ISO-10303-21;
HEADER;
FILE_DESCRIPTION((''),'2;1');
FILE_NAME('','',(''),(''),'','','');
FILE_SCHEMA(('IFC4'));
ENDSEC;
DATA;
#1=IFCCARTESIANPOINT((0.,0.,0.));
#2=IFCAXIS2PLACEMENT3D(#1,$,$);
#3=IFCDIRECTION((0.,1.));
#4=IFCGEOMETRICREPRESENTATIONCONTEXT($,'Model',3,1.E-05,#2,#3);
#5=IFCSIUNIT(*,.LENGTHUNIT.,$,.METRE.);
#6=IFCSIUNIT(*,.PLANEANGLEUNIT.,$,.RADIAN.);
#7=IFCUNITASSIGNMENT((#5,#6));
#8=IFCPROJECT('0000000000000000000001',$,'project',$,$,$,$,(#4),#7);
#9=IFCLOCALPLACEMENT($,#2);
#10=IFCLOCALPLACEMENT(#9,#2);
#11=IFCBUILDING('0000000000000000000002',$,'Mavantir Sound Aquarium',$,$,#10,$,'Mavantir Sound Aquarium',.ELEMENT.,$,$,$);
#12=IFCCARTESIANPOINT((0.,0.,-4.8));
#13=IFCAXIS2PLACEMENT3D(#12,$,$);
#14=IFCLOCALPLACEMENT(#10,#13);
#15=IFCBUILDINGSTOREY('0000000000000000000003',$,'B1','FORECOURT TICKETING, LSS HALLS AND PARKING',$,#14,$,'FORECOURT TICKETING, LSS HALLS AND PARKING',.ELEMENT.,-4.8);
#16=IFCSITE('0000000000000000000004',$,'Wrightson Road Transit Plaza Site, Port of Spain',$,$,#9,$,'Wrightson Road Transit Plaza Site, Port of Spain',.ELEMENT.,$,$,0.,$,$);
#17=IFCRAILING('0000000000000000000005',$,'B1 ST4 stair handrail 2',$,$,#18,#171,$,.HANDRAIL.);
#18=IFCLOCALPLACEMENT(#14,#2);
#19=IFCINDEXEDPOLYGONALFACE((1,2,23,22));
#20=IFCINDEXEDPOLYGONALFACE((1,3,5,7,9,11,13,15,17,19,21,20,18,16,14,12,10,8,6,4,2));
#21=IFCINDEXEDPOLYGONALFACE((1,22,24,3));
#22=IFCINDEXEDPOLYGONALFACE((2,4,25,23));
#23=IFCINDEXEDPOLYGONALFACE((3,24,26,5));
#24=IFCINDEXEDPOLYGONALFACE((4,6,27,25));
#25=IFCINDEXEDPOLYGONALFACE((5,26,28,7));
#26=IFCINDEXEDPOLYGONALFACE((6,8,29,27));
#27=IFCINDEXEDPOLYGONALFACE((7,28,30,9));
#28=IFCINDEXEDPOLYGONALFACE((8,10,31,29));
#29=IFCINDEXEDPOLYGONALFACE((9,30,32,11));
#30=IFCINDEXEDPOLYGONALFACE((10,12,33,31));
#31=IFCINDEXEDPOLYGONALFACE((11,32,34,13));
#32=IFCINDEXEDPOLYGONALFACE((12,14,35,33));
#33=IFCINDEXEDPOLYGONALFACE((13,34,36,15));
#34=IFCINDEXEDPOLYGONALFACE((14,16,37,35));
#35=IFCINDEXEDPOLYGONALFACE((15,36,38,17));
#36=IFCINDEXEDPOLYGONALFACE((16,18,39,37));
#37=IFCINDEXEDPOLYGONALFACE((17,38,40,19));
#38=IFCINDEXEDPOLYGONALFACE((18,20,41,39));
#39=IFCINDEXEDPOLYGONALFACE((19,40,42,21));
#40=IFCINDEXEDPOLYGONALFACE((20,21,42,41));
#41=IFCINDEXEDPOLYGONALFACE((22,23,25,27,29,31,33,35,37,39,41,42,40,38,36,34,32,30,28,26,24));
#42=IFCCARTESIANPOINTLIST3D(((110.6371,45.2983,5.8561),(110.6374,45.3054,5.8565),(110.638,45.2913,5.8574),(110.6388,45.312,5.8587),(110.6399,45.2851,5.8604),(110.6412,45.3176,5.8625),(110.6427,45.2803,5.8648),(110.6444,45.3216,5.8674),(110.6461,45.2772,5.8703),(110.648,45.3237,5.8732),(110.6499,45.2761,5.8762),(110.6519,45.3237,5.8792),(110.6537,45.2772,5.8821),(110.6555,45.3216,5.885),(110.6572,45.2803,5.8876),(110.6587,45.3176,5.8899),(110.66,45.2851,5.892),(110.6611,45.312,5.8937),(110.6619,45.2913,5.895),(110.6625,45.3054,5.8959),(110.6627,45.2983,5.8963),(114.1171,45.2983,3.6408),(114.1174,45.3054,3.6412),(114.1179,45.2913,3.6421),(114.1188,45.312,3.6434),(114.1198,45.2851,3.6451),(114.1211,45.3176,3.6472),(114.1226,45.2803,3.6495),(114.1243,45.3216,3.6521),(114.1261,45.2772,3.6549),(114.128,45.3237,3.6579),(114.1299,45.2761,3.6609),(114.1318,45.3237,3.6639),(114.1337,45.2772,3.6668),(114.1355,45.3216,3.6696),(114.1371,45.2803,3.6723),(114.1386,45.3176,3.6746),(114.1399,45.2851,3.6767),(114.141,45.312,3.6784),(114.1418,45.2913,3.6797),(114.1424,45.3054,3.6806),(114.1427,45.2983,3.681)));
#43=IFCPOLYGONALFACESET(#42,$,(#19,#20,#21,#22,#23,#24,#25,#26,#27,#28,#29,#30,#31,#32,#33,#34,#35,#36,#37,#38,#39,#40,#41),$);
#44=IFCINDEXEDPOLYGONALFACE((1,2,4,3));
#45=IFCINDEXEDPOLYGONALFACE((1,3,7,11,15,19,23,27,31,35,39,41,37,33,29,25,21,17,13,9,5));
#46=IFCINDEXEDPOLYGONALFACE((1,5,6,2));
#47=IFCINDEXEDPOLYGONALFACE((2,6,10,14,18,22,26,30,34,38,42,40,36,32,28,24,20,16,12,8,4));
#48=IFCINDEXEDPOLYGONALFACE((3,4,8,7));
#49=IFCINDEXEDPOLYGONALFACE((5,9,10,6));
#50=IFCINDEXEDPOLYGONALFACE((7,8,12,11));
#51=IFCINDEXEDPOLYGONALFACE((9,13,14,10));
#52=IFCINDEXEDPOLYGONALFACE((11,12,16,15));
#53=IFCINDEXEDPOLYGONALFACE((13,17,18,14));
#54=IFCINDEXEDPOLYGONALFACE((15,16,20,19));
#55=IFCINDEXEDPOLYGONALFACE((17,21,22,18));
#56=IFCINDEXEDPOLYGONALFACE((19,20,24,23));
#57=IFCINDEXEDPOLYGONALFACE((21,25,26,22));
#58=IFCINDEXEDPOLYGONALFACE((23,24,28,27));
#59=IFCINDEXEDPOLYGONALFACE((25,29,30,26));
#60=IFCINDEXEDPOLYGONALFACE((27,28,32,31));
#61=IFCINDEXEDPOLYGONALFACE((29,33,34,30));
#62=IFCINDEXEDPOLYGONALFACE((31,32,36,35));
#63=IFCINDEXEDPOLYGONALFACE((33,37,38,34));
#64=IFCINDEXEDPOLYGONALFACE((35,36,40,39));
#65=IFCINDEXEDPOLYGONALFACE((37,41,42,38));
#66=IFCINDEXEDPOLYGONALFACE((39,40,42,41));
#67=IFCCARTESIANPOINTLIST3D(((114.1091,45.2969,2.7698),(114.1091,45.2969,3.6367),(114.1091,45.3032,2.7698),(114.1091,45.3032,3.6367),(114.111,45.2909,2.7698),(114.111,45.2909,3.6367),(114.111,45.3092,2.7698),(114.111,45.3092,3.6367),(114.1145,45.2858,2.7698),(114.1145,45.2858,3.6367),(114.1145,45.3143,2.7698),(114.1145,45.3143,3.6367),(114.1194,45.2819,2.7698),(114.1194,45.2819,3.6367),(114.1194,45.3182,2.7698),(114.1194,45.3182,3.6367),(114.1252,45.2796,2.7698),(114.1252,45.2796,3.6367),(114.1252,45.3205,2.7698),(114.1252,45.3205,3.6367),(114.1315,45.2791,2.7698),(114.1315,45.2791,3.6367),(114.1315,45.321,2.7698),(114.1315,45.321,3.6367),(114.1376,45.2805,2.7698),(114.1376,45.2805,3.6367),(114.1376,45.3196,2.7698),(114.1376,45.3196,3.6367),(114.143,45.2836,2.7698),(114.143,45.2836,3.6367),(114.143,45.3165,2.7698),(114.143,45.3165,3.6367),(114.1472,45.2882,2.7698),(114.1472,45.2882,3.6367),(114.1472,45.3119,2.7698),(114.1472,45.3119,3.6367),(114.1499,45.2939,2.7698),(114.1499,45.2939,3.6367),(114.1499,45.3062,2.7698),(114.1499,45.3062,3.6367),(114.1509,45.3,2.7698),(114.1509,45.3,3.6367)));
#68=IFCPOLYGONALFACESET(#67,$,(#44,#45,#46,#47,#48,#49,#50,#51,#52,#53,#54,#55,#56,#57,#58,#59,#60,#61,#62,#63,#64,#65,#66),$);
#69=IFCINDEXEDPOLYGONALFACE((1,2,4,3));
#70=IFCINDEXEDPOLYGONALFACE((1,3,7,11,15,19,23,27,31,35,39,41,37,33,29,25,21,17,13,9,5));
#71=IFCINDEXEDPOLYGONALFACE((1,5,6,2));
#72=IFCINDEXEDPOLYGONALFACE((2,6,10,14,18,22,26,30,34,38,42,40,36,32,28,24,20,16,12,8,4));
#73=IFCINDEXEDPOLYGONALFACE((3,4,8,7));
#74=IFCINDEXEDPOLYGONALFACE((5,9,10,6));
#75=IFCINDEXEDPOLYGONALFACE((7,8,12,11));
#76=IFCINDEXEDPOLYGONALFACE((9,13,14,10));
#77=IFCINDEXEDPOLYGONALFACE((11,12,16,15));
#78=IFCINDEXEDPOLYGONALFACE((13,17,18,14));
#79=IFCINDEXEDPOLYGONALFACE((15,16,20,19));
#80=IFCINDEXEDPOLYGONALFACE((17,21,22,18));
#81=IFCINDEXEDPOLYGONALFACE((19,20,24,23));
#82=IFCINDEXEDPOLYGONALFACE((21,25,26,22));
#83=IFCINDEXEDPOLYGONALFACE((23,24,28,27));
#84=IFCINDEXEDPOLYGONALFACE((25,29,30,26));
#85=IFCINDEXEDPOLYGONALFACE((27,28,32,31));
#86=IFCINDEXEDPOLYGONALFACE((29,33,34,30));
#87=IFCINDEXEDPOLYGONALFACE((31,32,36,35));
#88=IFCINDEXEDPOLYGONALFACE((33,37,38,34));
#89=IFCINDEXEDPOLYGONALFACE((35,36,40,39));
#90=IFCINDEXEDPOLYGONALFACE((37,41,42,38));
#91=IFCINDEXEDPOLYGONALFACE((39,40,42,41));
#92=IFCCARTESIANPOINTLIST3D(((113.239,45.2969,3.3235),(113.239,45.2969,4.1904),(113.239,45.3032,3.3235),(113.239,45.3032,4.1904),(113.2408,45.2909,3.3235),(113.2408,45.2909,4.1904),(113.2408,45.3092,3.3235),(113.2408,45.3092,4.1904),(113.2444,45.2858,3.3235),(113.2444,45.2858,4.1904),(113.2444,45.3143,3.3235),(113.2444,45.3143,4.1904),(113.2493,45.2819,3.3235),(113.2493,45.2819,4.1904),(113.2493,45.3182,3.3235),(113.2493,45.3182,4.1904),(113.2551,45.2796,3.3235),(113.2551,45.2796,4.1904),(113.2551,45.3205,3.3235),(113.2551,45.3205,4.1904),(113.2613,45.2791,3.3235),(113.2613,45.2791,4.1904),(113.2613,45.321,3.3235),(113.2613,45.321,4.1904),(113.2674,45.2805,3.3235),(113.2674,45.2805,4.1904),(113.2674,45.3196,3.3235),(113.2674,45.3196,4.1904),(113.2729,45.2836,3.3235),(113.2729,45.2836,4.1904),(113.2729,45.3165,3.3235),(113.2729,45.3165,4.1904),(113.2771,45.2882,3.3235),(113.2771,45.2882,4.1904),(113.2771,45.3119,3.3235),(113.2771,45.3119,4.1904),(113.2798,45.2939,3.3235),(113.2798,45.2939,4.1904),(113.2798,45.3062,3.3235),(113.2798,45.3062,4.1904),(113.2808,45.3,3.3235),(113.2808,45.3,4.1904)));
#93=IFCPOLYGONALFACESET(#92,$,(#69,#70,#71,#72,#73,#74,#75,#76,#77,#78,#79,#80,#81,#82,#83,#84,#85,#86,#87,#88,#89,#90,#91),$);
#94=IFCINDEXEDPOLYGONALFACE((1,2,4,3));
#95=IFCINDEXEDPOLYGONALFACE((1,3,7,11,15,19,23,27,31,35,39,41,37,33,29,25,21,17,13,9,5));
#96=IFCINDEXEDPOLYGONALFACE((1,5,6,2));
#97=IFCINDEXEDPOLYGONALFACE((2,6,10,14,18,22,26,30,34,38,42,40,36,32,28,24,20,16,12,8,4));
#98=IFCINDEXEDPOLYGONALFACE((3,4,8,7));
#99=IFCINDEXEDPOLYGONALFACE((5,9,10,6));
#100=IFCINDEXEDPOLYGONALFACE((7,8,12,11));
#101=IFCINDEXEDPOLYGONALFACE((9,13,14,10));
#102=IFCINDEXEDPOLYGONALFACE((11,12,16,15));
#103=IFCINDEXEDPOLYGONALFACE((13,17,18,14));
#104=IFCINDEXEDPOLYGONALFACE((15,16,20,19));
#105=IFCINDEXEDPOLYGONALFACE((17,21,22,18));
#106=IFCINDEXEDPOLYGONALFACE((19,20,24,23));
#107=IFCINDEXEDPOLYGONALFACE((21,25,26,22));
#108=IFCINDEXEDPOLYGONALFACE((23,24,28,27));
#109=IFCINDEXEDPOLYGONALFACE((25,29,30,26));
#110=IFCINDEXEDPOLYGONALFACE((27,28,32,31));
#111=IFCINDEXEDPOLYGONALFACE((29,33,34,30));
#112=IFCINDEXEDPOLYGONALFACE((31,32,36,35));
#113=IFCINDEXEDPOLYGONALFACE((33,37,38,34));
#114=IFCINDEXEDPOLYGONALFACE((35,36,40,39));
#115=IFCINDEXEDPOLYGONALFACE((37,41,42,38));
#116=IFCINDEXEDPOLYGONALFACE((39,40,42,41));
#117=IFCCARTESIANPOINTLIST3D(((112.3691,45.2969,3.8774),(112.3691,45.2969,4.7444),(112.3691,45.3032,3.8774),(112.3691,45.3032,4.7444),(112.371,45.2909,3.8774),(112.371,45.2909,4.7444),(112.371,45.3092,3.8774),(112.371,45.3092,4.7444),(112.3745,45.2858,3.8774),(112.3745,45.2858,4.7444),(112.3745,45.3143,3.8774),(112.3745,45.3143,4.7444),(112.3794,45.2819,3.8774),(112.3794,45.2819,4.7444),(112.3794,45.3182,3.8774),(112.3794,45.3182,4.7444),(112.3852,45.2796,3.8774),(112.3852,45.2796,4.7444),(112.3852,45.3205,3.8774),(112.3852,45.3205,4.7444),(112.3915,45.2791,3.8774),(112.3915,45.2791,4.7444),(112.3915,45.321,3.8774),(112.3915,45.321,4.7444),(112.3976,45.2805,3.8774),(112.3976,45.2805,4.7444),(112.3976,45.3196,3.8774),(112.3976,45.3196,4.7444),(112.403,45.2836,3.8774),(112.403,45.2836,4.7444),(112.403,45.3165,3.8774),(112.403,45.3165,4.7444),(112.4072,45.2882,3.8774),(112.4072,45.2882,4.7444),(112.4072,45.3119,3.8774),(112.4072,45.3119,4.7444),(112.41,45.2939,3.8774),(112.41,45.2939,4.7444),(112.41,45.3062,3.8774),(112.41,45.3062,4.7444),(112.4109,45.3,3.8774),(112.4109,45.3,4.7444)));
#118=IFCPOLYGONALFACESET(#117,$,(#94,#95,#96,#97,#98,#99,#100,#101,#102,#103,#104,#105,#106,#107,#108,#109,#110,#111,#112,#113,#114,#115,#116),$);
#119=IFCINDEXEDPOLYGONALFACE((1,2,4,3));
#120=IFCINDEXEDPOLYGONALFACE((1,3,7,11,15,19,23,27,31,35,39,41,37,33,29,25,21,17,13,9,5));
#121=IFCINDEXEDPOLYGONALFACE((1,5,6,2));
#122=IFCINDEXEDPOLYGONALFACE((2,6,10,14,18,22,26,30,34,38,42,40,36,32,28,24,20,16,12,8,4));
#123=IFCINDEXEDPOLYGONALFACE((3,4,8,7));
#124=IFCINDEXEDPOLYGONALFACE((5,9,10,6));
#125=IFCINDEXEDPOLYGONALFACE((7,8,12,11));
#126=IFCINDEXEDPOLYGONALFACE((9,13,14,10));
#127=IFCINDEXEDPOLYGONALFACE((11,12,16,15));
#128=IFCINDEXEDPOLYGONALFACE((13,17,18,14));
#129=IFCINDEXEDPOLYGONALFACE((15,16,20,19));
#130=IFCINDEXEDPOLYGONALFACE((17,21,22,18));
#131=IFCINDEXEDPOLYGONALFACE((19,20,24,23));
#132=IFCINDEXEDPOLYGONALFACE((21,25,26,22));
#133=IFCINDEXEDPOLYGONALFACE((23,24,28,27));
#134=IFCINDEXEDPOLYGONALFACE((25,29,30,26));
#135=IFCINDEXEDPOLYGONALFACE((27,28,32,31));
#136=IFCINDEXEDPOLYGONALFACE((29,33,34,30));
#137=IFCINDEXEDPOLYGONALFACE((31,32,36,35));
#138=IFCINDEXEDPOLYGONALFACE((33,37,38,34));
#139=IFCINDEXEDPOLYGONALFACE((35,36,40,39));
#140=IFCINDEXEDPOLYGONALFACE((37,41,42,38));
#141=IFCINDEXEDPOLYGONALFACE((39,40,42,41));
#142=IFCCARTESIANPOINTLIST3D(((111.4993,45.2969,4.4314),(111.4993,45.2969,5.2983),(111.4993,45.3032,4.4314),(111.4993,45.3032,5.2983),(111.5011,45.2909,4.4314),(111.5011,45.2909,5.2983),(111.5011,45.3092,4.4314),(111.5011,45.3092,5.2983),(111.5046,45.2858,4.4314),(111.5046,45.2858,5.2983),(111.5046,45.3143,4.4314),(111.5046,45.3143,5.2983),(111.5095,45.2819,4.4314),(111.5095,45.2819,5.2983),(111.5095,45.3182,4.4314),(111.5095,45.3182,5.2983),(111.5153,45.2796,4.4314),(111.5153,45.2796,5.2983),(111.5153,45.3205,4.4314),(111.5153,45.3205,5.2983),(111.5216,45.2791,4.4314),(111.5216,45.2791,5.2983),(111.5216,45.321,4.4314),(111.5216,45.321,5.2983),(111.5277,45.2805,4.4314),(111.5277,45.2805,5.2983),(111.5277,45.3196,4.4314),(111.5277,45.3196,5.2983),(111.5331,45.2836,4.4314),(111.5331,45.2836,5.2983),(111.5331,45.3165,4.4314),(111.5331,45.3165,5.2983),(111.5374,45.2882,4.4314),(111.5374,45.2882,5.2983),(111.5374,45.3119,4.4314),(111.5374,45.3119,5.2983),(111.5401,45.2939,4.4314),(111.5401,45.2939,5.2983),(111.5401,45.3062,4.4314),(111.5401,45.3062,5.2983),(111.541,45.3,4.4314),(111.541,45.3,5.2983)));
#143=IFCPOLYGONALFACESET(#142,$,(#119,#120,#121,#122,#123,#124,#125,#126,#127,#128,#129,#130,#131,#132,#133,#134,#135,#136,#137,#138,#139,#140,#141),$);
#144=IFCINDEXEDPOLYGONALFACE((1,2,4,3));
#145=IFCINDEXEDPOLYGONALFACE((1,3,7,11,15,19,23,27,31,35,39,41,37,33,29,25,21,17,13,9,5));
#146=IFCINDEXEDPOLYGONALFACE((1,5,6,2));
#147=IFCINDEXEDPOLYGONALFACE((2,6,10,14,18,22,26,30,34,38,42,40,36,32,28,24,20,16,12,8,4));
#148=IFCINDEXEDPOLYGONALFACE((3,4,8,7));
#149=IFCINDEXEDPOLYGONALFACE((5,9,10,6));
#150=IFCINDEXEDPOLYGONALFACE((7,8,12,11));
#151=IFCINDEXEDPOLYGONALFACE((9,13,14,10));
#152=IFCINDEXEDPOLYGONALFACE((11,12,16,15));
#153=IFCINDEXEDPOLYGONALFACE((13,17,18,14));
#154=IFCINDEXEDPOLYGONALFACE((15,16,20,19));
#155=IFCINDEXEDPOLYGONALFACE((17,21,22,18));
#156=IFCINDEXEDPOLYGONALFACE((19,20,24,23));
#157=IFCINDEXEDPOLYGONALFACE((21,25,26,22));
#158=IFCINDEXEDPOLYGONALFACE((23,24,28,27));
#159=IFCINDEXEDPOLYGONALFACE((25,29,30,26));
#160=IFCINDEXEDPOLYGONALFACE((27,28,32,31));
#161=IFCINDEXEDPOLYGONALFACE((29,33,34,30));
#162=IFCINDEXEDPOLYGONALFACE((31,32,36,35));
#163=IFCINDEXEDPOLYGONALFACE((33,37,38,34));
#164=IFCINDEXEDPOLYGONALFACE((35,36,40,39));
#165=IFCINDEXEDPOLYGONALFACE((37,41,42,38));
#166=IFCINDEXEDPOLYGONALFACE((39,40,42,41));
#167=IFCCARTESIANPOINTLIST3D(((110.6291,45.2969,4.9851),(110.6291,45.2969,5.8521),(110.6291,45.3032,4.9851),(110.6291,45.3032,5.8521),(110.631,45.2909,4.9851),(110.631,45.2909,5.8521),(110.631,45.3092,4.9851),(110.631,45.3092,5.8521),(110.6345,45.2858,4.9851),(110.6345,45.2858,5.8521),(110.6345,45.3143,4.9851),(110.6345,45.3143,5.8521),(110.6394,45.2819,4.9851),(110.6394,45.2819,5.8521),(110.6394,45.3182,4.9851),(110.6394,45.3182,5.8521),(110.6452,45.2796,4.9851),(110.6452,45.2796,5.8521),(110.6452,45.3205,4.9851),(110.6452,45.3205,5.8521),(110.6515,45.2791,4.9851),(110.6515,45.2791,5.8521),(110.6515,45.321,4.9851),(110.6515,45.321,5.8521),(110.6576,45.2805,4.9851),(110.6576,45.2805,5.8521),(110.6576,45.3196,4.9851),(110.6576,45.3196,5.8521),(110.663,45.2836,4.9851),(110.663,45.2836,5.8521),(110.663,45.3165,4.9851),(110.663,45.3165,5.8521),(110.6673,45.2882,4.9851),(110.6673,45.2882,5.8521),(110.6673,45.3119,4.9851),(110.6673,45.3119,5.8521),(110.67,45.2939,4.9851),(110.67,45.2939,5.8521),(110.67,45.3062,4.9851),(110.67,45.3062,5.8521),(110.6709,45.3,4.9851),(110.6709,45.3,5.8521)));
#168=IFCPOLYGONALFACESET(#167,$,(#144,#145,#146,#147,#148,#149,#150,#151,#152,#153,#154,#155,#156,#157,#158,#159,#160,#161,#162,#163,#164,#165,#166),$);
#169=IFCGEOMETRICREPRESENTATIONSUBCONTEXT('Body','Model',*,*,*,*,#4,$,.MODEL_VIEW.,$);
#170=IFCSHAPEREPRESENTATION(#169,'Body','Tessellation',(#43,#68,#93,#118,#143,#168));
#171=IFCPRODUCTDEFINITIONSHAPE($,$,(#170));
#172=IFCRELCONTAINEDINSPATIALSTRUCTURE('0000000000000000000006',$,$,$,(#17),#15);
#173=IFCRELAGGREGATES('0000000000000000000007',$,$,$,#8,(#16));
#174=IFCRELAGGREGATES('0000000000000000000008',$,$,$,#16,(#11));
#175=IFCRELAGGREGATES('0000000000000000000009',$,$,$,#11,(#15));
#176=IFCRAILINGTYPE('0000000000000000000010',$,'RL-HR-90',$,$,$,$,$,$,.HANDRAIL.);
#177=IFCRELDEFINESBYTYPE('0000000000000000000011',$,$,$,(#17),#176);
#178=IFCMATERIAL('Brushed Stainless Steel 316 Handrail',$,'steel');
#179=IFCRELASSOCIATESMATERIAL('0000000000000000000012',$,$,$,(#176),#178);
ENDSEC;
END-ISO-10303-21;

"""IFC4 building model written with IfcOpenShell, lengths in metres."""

from ifc_helpers import new_model, si_unit, direction, frame, origin, origin_2d, place, context, subcontext, project, spatial, circle, extrude, material, type_object, element, save


model = new_model("IFC4")

# Units and contexts
model_context = context("Model", 3, precision=1e-05, world=origin(), true_north=direction((0.0, 1.0)))
body_context = subcontext(model_context, "Body", "Model", "MODEL_VIEW")
ifc_project = project(units=[si_unit("LENGTHUNIT", "METRE"), si_unit("PLANEANGLEUNIT", "RADIAN")], contexts=[model_context])

# Site, building, storey
site_placement = place(None, origin())
site = spatial("IfcSite", under=ifc_project, at=site_placement, Name="Wrightson Road Transit Plaza Site, Port of Spain", LongName="Wrightson Road Transit Plaza Site, Port of Spain", CompositionType="ELEMENT", RefElevation=0.0)
building_placement = place(site_placement, origin())
building = spatial("IfcBuilding", under=site, at=building_placement, Name="Mavantir Sound Aquarium", LongName="Mavantir Sound Aquarium", CompositionType="ELEMENT")
storey_placement = place(building_placement, frame((0.0, 0.0, -4.8)))
storey = spatial("IfcBuildingStorey", under=building, at=storey_placement, Name="B1", Description="FORECOURT TICKETING, LSS HALLS AND PARKING", LongName="FORECOURT TICKETING, LSS HALLS AND PARKING", CompositionType="ELEMENT", Elevation=-4.8)

# Railing
ifc_material_1 = material(Name="Brushed Stainless Steel 316 Handrail", Category="steel")
railing_type = type_object("IfcRailingType", Name="RL-HR-90", PredefinedType="HANDRAIL", material=ifc_material_1)
railing_placement = place(storey_placement, frame((114.1299, 45.3, 2.7698)))
element("IfcRailing", 1, at=railing_placement, inside=storey, type_object=railing_type, Name="B1 ST4 stair handrail 2", PredefinedType="HANDRAIL", context=body_context, shape_type="SweptSolid", body=[
    extrude(circle(Radius=0.0239, at=origin_2d()), frame((0.0, 0.0, 0.8911), z_axis=(-0.843574, 0.0, 0.537013), x_axis=(0.0, -1.0, 0.0)), (0.0, 0.0, 1.0), 4.1252),
    extrude(circle(Radius=0.021, at=origin_2d()), origin(), (0.0, 0.0, 1.0), 0.8669),
    extrude(circle(Radius=0.021, at=origin_2d()), frame((-0.8701, 0.0, 0.5537)), (0.0, 0.0, 1.0), 0.8669),
    extrude(circle(Radius=0.021, at=origin_2d()), frame((-1.74, 0.0, 1.1077)), (0.0, 0.0, 1.0), 0.8669),
    extrude(circle(Radius=0.021, at=origin_2d()), frame((-2.6099, 0.0, 1.6616)), (0.0, 0.0, 1.0), 0.8669),
    extrude(circle(Radius=0.021, at=origin_2d()), frame((-3.48, 0.0, 2.2153)), (0.0, 0.0, 1.0), 0.8669),
])

save(model, "model.ifc")
